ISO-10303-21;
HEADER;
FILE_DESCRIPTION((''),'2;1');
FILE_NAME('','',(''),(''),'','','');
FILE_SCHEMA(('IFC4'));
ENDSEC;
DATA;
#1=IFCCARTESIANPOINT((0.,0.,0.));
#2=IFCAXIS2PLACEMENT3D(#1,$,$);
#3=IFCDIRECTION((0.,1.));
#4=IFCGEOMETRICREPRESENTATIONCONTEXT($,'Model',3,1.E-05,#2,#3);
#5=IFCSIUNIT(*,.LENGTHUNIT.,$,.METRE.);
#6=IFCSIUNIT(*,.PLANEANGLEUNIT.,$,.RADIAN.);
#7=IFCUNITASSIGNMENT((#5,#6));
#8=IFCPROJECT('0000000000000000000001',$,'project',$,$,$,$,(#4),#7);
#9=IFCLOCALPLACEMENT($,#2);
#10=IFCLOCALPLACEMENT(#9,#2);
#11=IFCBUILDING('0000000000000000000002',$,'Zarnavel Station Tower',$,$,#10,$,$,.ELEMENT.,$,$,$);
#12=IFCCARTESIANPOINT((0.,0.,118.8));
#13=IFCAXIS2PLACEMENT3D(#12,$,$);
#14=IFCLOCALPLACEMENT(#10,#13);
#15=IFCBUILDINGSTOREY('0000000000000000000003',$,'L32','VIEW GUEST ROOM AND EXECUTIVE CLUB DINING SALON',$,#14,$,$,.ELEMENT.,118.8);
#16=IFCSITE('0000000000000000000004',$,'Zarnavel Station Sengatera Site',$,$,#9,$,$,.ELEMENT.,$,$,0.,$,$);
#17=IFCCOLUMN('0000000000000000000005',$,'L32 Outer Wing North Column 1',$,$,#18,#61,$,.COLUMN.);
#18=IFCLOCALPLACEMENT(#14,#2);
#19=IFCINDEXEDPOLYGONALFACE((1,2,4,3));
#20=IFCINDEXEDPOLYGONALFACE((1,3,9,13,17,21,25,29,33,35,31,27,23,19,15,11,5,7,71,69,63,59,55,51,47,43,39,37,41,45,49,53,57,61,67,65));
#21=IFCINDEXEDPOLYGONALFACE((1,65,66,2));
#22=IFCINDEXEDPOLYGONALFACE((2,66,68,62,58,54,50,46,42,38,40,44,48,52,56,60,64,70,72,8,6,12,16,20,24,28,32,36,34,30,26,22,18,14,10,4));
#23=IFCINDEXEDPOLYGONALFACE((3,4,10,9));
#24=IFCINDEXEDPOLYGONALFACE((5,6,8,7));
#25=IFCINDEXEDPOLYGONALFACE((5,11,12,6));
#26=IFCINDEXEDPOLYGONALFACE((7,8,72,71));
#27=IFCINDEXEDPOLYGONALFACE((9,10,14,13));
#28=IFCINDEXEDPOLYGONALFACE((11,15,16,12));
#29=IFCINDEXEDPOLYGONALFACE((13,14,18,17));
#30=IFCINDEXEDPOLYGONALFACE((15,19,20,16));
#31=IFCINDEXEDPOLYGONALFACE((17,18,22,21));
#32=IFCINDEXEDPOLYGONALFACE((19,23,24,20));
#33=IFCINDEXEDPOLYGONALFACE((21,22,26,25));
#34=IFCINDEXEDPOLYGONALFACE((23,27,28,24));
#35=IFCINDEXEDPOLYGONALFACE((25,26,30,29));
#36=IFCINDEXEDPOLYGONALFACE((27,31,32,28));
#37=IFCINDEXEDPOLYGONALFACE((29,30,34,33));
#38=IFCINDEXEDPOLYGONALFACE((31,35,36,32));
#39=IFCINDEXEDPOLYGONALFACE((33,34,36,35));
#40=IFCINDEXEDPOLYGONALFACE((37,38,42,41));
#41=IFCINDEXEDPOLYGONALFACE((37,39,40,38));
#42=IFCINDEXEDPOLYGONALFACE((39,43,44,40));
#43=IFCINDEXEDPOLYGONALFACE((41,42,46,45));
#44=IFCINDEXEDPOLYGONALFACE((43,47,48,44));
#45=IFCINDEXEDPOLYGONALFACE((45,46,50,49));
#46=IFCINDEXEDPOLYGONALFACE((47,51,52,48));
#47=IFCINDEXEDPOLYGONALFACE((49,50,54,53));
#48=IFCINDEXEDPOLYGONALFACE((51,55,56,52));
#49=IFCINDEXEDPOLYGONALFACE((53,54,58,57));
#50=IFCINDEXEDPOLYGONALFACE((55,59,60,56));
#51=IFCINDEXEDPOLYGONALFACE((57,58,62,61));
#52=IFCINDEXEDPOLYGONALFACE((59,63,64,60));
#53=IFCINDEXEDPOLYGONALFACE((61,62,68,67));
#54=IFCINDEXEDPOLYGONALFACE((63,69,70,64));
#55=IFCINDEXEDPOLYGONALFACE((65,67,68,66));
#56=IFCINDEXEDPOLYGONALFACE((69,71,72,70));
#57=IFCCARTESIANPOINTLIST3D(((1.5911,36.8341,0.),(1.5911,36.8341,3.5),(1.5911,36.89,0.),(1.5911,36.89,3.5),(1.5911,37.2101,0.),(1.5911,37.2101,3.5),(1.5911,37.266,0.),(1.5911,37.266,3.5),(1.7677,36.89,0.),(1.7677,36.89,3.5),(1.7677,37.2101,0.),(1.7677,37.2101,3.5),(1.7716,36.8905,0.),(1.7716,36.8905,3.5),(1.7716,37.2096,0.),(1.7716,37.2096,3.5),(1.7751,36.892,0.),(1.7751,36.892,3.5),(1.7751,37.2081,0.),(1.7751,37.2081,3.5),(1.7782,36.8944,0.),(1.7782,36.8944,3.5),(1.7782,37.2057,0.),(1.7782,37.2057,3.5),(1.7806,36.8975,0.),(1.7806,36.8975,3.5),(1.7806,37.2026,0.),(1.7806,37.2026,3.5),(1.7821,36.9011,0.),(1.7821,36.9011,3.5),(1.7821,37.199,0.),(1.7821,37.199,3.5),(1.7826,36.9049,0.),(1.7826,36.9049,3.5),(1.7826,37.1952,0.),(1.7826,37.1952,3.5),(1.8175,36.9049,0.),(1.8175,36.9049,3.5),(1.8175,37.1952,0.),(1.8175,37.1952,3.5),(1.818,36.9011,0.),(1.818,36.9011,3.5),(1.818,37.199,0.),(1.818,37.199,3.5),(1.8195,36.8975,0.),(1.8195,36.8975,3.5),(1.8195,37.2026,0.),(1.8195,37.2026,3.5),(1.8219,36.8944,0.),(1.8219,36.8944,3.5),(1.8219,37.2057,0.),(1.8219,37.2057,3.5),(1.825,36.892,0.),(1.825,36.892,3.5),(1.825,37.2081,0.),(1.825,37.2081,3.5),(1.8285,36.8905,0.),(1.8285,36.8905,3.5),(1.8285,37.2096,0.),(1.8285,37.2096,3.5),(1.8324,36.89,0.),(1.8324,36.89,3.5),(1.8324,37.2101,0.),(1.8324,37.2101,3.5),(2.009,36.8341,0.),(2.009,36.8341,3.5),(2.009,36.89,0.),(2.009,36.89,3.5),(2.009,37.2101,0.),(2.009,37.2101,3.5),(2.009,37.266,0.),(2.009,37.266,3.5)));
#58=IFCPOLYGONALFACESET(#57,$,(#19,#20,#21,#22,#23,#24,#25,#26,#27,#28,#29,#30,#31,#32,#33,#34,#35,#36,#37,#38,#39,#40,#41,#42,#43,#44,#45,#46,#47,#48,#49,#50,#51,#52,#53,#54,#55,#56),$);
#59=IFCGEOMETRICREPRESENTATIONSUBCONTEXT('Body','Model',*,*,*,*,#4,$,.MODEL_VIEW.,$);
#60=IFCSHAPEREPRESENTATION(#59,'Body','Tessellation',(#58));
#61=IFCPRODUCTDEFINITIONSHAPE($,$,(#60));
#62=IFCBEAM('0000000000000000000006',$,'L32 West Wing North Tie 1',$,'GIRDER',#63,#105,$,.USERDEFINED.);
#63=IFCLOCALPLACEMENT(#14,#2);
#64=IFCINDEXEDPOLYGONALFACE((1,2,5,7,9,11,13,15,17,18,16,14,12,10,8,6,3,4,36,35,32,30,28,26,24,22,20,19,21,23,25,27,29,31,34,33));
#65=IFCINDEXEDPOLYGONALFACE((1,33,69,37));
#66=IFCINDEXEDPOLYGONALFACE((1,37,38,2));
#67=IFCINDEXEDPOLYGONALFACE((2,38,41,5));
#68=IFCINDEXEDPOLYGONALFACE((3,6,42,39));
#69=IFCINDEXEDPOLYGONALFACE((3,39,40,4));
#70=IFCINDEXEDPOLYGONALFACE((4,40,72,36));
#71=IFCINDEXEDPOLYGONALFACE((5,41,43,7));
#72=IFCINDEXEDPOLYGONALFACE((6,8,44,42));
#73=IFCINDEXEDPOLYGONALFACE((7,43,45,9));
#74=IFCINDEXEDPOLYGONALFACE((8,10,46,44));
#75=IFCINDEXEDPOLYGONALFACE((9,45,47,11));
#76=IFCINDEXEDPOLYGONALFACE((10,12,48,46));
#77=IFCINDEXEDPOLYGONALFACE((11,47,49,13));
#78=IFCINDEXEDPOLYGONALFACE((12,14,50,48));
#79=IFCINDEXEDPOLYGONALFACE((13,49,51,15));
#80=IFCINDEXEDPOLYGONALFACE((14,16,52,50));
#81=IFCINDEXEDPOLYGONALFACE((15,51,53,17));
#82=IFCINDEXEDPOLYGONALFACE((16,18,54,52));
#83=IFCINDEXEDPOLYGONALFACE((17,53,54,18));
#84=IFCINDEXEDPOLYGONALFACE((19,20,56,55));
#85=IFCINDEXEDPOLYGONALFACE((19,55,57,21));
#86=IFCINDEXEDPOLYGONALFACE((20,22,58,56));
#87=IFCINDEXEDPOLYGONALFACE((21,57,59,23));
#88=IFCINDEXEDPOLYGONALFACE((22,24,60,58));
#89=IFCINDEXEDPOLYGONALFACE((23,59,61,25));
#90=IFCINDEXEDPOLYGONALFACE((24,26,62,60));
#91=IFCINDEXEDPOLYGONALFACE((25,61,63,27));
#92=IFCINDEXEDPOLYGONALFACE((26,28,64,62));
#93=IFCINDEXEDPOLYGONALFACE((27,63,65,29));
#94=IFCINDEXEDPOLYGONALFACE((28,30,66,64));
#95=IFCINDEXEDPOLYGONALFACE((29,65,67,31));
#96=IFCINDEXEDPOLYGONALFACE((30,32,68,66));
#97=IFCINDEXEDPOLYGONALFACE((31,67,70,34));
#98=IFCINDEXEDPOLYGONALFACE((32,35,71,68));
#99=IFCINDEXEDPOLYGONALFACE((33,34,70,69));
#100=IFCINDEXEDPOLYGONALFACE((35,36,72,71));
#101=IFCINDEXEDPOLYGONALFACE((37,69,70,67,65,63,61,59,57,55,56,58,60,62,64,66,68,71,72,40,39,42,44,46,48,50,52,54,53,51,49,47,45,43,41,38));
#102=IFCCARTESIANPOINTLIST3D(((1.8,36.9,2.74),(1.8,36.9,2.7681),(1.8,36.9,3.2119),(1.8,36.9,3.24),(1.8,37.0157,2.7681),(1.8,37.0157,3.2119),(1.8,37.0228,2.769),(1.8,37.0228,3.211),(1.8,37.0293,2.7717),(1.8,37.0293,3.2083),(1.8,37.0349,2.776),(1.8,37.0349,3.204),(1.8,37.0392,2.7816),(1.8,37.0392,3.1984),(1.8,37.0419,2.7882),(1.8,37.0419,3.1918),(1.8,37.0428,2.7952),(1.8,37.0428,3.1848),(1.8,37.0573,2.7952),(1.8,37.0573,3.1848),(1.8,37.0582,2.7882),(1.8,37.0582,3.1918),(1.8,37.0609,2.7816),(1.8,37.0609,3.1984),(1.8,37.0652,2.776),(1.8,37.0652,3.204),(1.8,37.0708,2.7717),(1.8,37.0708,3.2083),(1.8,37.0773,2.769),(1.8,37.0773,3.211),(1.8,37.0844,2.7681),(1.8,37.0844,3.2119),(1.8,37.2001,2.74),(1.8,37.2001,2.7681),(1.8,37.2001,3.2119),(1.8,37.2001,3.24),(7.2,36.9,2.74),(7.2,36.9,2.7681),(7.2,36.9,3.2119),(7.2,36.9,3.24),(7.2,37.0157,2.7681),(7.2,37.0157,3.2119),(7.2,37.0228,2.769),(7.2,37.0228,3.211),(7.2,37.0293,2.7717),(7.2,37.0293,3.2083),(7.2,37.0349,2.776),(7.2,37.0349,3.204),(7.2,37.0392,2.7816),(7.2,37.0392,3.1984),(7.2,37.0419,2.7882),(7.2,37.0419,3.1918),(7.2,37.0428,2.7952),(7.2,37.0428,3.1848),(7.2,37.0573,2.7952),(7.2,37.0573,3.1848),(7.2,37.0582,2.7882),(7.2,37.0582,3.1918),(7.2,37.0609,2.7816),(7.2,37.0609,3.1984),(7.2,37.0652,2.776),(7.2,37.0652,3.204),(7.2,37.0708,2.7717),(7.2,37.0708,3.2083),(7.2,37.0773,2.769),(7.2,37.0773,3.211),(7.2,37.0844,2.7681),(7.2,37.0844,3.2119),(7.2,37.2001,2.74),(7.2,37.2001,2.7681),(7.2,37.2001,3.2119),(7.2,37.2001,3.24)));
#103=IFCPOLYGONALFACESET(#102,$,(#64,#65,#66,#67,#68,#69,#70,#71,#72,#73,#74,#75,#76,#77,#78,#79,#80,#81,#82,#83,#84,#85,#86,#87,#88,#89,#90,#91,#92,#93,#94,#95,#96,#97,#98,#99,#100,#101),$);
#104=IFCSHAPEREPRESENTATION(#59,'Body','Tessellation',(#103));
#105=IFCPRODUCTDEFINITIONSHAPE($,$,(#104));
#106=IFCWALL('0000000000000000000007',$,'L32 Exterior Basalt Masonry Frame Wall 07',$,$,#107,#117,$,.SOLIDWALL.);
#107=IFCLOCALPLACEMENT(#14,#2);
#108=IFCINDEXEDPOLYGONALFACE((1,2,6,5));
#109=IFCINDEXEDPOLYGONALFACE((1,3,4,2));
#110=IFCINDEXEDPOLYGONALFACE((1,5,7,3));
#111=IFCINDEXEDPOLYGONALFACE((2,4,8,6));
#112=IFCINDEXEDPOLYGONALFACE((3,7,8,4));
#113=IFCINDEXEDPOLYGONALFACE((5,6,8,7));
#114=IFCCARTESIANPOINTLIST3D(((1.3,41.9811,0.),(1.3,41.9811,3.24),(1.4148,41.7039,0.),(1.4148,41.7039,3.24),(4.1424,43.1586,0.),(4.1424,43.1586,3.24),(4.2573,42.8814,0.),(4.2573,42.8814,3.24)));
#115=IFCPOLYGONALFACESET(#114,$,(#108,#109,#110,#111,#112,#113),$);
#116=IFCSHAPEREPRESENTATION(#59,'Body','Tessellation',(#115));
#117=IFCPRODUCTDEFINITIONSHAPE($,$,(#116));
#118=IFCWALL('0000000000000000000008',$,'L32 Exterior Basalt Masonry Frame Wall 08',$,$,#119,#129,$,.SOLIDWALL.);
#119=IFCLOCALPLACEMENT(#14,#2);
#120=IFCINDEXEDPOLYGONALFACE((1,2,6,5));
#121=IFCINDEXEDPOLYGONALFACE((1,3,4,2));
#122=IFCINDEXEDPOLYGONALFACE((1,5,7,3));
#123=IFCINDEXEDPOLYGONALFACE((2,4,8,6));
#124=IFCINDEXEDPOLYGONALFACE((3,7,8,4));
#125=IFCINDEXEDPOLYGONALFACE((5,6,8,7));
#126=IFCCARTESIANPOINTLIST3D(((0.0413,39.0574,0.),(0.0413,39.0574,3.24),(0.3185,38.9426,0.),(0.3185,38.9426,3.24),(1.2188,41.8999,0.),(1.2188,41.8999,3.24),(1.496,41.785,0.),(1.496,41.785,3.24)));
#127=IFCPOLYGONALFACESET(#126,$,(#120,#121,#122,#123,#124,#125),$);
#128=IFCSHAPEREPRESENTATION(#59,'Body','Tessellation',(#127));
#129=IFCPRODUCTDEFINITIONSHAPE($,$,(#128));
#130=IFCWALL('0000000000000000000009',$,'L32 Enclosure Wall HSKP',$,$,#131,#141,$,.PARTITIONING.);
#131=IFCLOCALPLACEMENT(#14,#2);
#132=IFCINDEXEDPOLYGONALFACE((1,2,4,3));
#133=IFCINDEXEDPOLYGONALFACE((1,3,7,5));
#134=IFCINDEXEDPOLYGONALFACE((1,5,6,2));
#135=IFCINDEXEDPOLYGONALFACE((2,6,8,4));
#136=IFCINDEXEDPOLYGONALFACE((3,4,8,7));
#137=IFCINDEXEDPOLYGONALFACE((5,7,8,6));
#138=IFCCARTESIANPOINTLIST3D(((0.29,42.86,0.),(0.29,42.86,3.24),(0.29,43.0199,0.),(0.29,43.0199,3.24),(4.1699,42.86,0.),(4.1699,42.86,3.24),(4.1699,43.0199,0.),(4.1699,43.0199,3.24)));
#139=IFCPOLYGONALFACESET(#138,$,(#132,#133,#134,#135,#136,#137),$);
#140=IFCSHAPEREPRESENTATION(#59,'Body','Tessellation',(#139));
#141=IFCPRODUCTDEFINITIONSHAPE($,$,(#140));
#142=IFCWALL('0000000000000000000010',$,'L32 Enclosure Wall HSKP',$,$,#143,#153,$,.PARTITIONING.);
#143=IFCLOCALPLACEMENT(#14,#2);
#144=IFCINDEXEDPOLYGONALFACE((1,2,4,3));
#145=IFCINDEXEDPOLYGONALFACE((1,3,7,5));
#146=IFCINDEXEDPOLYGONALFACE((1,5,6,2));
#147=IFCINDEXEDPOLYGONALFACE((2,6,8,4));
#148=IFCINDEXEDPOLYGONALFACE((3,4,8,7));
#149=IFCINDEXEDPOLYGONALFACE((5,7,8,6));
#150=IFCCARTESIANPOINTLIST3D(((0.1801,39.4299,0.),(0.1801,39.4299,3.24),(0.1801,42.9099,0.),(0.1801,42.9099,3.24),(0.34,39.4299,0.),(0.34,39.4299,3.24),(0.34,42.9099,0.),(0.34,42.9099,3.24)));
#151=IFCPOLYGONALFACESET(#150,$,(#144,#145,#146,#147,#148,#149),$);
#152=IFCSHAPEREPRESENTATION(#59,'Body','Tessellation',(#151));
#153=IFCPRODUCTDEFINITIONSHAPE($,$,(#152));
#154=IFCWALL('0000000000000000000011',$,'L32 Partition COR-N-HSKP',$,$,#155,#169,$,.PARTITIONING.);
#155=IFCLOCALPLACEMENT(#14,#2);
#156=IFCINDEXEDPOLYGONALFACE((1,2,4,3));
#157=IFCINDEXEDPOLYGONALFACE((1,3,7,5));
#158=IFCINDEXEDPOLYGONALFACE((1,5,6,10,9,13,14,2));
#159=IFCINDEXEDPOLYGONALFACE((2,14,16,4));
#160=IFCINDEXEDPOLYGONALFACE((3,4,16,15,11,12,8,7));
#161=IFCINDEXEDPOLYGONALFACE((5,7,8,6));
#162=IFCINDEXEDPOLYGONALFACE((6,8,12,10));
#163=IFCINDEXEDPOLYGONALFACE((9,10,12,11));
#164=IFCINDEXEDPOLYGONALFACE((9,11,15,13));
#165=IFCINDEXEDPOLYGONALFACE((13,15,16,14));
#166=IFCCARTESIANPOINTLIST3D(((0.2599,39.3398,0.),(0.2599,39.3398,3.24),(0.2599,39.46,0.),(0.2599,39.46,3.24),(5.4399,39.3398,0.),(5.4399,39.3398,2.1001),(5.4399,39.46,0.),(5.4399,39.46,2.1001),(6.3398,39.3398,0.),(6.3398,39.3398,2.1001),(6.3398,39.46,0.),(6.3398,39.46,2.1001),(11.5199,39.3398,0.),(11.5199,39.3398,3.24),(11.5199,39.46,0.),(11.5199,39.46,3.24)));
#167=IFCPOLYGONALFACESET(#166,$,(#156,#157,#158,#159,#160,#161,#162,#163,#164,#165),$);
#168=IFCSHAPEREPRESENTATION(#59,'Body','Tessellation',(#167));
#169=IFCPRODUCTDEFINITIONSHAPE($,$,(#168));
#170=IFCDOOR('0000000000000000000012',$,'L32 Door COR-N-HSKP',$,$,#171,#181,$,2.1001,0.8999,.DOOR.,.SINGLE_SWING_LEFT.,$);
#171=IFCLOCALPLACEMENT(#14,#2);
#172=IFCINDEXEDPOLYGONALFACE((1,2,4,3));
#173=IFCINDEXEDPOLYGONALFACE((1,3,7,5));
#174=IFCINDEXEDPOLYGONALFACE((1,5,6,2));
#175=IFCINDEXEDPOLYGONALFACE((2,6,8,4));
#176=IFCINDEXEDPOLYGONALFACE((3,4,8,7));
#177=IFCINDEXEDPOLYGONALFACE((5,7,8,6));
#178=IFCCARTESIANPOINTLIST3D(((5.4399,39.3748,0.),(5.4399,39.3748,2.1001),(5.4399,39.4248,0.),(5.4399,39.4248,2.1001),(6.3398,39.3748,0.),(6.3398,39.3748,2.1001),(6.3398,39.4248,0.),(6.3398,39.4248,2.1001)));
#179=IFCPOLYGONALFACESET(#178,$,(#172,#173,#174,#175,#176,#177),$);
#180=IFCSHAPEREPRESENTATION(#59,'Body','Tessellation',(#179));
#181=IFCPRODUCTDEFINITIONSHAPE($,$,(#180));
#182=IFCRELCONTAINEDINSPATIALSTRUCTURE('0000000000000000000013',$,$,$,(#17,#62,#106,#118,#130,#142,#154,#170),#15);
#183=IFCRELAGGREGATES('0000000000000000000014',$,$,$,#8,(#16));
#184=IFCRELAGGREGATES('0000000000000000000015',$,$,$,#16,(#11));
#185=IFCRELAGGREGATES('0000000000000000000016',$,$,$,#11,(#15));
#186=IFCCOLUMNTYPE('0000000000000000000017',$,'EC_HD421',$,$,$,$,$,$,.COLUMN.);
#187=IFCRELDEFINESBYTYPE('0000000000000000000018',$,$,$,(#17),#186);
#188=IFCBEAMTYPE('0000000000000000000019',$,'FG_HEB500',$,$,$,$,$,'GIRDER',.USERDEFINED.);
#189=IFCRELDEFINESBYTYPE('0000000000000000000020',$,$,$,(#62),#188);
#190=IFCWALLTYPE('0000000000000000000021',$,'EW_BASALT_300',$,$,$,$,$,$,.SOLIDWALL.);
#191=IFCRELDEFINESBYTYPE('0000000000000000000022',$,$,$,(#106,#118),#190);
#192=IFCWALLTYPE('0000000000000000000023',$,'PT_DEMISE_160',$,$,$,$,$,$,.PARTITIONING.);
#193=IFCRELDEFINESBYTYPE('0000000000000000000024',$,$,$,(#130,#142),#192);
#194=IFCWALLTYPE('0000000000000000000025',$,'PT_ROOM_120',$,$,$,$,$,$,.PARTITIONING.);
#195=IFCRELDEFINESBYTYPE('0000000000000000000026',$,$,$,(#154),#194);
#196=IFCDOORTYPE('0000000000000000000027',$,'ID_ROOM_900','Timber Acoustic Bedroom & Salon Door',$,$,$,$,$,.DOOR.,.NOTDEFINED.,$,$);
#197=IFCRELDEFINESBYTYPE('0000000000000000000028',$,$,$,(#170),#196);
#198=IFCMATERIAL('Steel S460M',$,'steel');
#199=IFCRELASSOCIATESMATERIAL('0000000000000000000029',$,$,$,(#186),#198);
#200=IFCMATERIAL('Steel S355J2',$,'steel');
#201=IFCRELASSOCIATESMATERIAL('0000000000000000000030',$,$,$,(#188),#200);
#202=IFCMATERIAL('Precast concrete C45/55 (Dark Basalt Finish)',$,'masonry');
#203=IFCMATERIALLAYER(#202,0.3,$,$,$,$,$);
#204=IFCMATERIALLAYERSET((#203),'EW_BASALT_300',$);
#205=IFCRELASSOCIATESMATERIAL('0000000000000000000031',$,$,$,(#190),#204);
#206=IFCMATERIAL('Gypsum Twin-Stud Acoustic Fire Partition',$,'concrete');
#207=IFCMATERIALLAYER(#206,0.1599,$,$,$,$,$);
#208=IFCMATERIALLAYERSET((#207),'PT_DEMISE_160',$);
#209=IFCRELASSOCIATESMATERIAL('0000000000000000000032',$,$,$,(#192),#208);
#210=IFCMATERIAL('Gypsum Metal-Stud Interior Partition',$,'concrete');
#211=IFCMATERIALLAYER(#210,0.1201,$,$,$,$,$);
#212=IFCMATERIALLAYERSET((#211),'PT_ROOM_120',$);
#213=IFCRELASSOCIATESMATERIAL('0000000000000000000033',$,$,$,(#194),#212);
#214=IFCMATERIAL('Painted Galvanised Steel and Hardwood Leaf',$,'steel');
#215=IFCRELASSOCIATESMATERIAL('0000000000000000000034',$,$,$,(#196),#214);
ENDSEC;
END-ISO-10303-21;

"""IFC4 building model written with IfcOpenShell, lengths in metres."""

from ifc_helpers import new_model, si_unit, direction, frame, frame_2d, origin, origin_2d, place, context, subcontext, project, spatial, rectangle, i_section, extrude, material, layer, layer_set, material_profile, profile_set, type_object, element, fill, save


model = new_model("IFC4")

# Units and contexts
model_context = context("Model", 3, precision=1e-05, world=origin(), true_north=direction((0.0, 1.0)))
body_context = subcontext(model_context, "Body", "Model", "MODEL_VIEW")
ifc_project = project(units=[si_unit("LENGTHUNIT", "METRE"), si_unit("PLANEANGLEUNIT", "RADIAN")], contexts=[model_context])

# Site, building, storey
site_placement = place(None, origin())
site = spatial("IfcSite", under=ifc_project, at=site_placement, Name="Zarnavel Station Sengatera Site", CompositionType="ELEMENT", RefElevation=0.0)
building_placement = place(site_placement, origin())
building = spatial("IfcBuilding", under=site, at=building_placement, Name="Zarnavel Station Tower", CompositionType="ELEMENT")
storey_placement = place(building_placement, frame((0.0, 0.0, 118.8)))
storey = spatial("IfcBuildingStorey", under=building, at=storey_placement, Name="L32", Description="VIEW GUEST ROOM AND EXECUTIVE CLUB DINING SALON", CompositionType="ELEMENT", Elevation=118.8)

# Column
ifc_material_1 = material(Name="Steel S460M", Category="steel")
ifc_material_profile_1 = material_profile(ifc_material_1, i_section(OverallWidth=0.418, OverallDepth=0.4319, WebThickness=0.0349, FlangeThickness=0.0559, FilletRadius=0.0149, at=origin_2d()), Name="HD400x421")
ifc_profile_set_1 = profile_set([ifc_material_profile_1], Name="Steel S460M")
column_type = type_object("IfcColumnType", Name="EC_HD421", PredefinedType="COLUMN", material=ifc_profile_set_1)
column_placement = place(storey_placement, frame((1.8, 37.05, 0.0), z_axis=(0.0, 0.0, 1.0), x_axis=(1.0, 0.0, 0.0)))
element("IfcColumn", 1, at=column_placement, inside=storey, type_object=column_type, Name="L32 Outer Wing North Column 1", PredefinedType="COLUMN", context=body_context, shape_type="SweptSolid", body=[
    extrude(i_section(OverallWidth=0.418, OverallDepth=0.4319, WebThickness=0.0349, FlangeThickness=0.0559, FilletRadius=0.0149, at=origin_2d()), origin(), (0.0, 0.0, 1.0), 3.5),
])

# Beam
ifc_material_2 = material(Name="Steel S355J2", Category="steel")
ifc_material_profile_2 = material_profile(ifc_material_2, i_section(OverallWidth=0.3, OverallDepth=0.5, WebThickness=0.0144, FlangeThickness=0.0281, FilletRadius=0.0271, at=origin_2d()), Name="HEB500")
ifc_profile_set_2 = profile_set([ifc_material_profile_2], Name="Steel S355J2")
beam_type = type_object("IfcBeamType", Name="FG_HEB500", ElementType="GIRDER", PredefinedType="USERDEFINED", material=ifc_profile_set_2)
beam_placement = place(storey_placement, frame((1.8, 37.05, 2.99), z_axis=(1.0, 0.0, 0.0), x_axis=(0.0, 1.0, 0.0)))
element("IfcBeam", 2, at=beam_placement, inside=storey, type_object=beam_type, Name="L32 West Wing North Tie 1", ObjectType="GIRDER", PredefinedType="USERDEFINED", context=body_context, shape_type="SweptSolid", body=[
    extrude(i_section(OverallWidth=0.3, OverallDepth=0.5, WebThickness=0.0144, FlangeThickness=0.0281, FilletRadius=0.0271, at=origin_2d()), origin(), (0.0, 0.0, 1.0), 5.3999),
])

# Walls
ifc_material_3 = material(Name="Precast concrete C45/55 (Dark Basalt Finish)", Category="masonry")
ifc_layer_1 = layer(ifc_material_3, 0.3)
ifc_layer_set_1 = layer_set([ifc_layer_1], Name="EW_BASALT_300")
wall_type_1 = type_object("IfcWallType", Name="EW_BASALT_300", PredefinedType="SOLIDWALL", material=ifc_layer_set_1)
for number, where, z_axis, x_axis, name in (
    (3, (1.3574, 41.8425, 0.0), (0.0, 0.0, 1.0), (0.923871, 0.382705, 0.0), "L32 Exterior Basalt Masonry Frame Wall 07"),
    (4, (0.1799, 39.0, 0.0), (0.0, 0.0, 1.0), (0.382705, 0.923871, 0.0), "L32 Exterior Basalt Masonry Frame Wall 08"),
):
    element("IfcWall", number, at=place(storey_placement, frame(where, z_axis=z_axis, x_axis=x_axis)), inside=storey, type_object=wall_type_1, Name=name, PredefinedType="SOLIDWALL", context=body_context, shape_type="SweptSolid", body=[
        extrude(rectangle(XDim=3.0767, YDim=0.3, at=frame_2d((1.5383, 0.0))), origin(), (0.0, 0.0, 1.0), 3.24),
    ])
ifc_material_4 = material(Name="Gypsum Twin-Stud Acoustic Fire Partition", Category="concrete")
ifc_layer_2 = layer(ifc_material_4, 0.1599)
ifc_layer_set_2 = layer_set([ifc_layer_2], Name="PT_DEMISE_160")
wall_type_2 = type_object("IfcWallType", Name="PT_DEMISE_160", PredefinedType="PARTITIONING", material=ifc_layer_set_2)
wall_1_placement = place(storey_placement, frame((0.29, 42.9399, 0.0), z_axis=(0.0, 0.0, 1.0), x_axis=(1.0, 0.0, 0.0)))
element("IfcWall", 5, at=wall_1_placement, inside=storey, type_object=wall_type_2, Name="L32 Enclosure Wall HSKP", PredefinedType="PARTITIONING", context=body_context, shape_type="SweptSolid", body=[
    extrude(rectangle(XDim=3.8799, YDim=0.1599, at=frame_2d((1.9399, 0.0))), origin(), (0.0, 0.0, 1.0), 3.24),
])
wall_2_placement = place(storey_placement, frame((0.26, 39.4299, 0.0), z_axis=(0.0, 0.0, 1.0), x_axis=(0.0, 1.0, 0.0)))
element("IfcWall", 6, at=wall_2_placement, inside=storey, type_object=wall_type_2, Name="L32 Enclosure Wall HSKP", PredefinedType="PARTITIONING", context=body_context, shape_type="SweptSolid", body=[
    extrude(rectangle(XDim=3.48, YDim=0.1599, at=frame_2d((1.74, 0.0))), origin(), (0.0, 0.0, 1.0), 3.24),
])

# Wall, opening, door
ifc_material_5 = material(Name="Gypsum Metal-Stud Interior Partition", Category="concrete")
ifc_layer_3 = layer(ifc_material_5, 0.1201)
ifc_layer_set_3 = layer_set([ifc_layer_3], Name="PT_ROOM_120")
wall_type_3 = type_object("IfcWallType", Name="PT_ROOM_120", PredefinedType="PARTITIONING", material=ifc_layer_set_3)
wall_3_placement = place(storey_placement, frame((0.26, 39.3999, 0.0), z_axis=(0.0, 0.0, 1.0), x_axis=(1.0, 0.0, 0.0)))
wall_3 = element("IfcWall", 7, at=wall_3_placement, inside=storey, type_object=wall_type_3, Name="L32 Partition COR-N-HSKP", PredefinedType="PARTITIONING", context=body_context, shape_type="SweptSolid", body=[
    extrude(rectangle(XDim=11.26, YDim=0.1201, at=frame_2d((5.6299, 0.0))), origin(), (0.0, 0.0, 1.0), 3.24),
])
opening_1_placement = place(wall_3_placement, frame((5.1799, 0.0, 0.0)))
opening_1 = element("IfcOpeningElement", 8, at=opening_1_placement, cuts=wall_3, PredefinedType="OPENING", context=body_context, shape_type="SweptSolid", body=[
    extrude(rectangle(XDim=0.8999, YDim=2.1001, at=frame_2d((0.45, 1.05))), frame((0.0, 0.0701, 0.0), z_axis=(0.0, -1.0, 0.0), x_axis=(1.0, 0.0, 0.0)), (0.0, 0.0, 1.0), 0.1401),
])
ifc_material_6 = material(Name="Painted Galvanised Steel and Hardwood Leaf", Category="steel")
door_type = type_object("IfcDoorType", Name="ID_ROOM_900", Description="Timber Acoustic Bedroom & Salon Door", OperationType="NOTDEFINED", PredefinedType="DOOR", material=ifc_material_6)
door_1_placement = place(opening_1_placement, origin())
door_1 = element("IfcDoor", 9, at=door_1_placement, inside=storey, type_object=door_type, Name="L32 Door COR-N-HSKP", OperationType="SINGLE_SWING_LEFT", OverallHeight=2.1001, OverallWidth=0.8999, PredefinedType="DOOR", context=body_context, shape_type="SweptSolid", body=[
    extrude(rectangle(XDim=0.8999, YDim=2.1001, at=frame_2d((0.45, 1.05))), frame((0.0, 0.0249, 0.0), z_axis=(0.0, -1.0, 0.0), x_axis=(1.0, 0.0, 0.0)), (0.0, 0.0, 1.0), 0.05),
])
fill(opening_1, door_1)

save(model, "model.ifc")
